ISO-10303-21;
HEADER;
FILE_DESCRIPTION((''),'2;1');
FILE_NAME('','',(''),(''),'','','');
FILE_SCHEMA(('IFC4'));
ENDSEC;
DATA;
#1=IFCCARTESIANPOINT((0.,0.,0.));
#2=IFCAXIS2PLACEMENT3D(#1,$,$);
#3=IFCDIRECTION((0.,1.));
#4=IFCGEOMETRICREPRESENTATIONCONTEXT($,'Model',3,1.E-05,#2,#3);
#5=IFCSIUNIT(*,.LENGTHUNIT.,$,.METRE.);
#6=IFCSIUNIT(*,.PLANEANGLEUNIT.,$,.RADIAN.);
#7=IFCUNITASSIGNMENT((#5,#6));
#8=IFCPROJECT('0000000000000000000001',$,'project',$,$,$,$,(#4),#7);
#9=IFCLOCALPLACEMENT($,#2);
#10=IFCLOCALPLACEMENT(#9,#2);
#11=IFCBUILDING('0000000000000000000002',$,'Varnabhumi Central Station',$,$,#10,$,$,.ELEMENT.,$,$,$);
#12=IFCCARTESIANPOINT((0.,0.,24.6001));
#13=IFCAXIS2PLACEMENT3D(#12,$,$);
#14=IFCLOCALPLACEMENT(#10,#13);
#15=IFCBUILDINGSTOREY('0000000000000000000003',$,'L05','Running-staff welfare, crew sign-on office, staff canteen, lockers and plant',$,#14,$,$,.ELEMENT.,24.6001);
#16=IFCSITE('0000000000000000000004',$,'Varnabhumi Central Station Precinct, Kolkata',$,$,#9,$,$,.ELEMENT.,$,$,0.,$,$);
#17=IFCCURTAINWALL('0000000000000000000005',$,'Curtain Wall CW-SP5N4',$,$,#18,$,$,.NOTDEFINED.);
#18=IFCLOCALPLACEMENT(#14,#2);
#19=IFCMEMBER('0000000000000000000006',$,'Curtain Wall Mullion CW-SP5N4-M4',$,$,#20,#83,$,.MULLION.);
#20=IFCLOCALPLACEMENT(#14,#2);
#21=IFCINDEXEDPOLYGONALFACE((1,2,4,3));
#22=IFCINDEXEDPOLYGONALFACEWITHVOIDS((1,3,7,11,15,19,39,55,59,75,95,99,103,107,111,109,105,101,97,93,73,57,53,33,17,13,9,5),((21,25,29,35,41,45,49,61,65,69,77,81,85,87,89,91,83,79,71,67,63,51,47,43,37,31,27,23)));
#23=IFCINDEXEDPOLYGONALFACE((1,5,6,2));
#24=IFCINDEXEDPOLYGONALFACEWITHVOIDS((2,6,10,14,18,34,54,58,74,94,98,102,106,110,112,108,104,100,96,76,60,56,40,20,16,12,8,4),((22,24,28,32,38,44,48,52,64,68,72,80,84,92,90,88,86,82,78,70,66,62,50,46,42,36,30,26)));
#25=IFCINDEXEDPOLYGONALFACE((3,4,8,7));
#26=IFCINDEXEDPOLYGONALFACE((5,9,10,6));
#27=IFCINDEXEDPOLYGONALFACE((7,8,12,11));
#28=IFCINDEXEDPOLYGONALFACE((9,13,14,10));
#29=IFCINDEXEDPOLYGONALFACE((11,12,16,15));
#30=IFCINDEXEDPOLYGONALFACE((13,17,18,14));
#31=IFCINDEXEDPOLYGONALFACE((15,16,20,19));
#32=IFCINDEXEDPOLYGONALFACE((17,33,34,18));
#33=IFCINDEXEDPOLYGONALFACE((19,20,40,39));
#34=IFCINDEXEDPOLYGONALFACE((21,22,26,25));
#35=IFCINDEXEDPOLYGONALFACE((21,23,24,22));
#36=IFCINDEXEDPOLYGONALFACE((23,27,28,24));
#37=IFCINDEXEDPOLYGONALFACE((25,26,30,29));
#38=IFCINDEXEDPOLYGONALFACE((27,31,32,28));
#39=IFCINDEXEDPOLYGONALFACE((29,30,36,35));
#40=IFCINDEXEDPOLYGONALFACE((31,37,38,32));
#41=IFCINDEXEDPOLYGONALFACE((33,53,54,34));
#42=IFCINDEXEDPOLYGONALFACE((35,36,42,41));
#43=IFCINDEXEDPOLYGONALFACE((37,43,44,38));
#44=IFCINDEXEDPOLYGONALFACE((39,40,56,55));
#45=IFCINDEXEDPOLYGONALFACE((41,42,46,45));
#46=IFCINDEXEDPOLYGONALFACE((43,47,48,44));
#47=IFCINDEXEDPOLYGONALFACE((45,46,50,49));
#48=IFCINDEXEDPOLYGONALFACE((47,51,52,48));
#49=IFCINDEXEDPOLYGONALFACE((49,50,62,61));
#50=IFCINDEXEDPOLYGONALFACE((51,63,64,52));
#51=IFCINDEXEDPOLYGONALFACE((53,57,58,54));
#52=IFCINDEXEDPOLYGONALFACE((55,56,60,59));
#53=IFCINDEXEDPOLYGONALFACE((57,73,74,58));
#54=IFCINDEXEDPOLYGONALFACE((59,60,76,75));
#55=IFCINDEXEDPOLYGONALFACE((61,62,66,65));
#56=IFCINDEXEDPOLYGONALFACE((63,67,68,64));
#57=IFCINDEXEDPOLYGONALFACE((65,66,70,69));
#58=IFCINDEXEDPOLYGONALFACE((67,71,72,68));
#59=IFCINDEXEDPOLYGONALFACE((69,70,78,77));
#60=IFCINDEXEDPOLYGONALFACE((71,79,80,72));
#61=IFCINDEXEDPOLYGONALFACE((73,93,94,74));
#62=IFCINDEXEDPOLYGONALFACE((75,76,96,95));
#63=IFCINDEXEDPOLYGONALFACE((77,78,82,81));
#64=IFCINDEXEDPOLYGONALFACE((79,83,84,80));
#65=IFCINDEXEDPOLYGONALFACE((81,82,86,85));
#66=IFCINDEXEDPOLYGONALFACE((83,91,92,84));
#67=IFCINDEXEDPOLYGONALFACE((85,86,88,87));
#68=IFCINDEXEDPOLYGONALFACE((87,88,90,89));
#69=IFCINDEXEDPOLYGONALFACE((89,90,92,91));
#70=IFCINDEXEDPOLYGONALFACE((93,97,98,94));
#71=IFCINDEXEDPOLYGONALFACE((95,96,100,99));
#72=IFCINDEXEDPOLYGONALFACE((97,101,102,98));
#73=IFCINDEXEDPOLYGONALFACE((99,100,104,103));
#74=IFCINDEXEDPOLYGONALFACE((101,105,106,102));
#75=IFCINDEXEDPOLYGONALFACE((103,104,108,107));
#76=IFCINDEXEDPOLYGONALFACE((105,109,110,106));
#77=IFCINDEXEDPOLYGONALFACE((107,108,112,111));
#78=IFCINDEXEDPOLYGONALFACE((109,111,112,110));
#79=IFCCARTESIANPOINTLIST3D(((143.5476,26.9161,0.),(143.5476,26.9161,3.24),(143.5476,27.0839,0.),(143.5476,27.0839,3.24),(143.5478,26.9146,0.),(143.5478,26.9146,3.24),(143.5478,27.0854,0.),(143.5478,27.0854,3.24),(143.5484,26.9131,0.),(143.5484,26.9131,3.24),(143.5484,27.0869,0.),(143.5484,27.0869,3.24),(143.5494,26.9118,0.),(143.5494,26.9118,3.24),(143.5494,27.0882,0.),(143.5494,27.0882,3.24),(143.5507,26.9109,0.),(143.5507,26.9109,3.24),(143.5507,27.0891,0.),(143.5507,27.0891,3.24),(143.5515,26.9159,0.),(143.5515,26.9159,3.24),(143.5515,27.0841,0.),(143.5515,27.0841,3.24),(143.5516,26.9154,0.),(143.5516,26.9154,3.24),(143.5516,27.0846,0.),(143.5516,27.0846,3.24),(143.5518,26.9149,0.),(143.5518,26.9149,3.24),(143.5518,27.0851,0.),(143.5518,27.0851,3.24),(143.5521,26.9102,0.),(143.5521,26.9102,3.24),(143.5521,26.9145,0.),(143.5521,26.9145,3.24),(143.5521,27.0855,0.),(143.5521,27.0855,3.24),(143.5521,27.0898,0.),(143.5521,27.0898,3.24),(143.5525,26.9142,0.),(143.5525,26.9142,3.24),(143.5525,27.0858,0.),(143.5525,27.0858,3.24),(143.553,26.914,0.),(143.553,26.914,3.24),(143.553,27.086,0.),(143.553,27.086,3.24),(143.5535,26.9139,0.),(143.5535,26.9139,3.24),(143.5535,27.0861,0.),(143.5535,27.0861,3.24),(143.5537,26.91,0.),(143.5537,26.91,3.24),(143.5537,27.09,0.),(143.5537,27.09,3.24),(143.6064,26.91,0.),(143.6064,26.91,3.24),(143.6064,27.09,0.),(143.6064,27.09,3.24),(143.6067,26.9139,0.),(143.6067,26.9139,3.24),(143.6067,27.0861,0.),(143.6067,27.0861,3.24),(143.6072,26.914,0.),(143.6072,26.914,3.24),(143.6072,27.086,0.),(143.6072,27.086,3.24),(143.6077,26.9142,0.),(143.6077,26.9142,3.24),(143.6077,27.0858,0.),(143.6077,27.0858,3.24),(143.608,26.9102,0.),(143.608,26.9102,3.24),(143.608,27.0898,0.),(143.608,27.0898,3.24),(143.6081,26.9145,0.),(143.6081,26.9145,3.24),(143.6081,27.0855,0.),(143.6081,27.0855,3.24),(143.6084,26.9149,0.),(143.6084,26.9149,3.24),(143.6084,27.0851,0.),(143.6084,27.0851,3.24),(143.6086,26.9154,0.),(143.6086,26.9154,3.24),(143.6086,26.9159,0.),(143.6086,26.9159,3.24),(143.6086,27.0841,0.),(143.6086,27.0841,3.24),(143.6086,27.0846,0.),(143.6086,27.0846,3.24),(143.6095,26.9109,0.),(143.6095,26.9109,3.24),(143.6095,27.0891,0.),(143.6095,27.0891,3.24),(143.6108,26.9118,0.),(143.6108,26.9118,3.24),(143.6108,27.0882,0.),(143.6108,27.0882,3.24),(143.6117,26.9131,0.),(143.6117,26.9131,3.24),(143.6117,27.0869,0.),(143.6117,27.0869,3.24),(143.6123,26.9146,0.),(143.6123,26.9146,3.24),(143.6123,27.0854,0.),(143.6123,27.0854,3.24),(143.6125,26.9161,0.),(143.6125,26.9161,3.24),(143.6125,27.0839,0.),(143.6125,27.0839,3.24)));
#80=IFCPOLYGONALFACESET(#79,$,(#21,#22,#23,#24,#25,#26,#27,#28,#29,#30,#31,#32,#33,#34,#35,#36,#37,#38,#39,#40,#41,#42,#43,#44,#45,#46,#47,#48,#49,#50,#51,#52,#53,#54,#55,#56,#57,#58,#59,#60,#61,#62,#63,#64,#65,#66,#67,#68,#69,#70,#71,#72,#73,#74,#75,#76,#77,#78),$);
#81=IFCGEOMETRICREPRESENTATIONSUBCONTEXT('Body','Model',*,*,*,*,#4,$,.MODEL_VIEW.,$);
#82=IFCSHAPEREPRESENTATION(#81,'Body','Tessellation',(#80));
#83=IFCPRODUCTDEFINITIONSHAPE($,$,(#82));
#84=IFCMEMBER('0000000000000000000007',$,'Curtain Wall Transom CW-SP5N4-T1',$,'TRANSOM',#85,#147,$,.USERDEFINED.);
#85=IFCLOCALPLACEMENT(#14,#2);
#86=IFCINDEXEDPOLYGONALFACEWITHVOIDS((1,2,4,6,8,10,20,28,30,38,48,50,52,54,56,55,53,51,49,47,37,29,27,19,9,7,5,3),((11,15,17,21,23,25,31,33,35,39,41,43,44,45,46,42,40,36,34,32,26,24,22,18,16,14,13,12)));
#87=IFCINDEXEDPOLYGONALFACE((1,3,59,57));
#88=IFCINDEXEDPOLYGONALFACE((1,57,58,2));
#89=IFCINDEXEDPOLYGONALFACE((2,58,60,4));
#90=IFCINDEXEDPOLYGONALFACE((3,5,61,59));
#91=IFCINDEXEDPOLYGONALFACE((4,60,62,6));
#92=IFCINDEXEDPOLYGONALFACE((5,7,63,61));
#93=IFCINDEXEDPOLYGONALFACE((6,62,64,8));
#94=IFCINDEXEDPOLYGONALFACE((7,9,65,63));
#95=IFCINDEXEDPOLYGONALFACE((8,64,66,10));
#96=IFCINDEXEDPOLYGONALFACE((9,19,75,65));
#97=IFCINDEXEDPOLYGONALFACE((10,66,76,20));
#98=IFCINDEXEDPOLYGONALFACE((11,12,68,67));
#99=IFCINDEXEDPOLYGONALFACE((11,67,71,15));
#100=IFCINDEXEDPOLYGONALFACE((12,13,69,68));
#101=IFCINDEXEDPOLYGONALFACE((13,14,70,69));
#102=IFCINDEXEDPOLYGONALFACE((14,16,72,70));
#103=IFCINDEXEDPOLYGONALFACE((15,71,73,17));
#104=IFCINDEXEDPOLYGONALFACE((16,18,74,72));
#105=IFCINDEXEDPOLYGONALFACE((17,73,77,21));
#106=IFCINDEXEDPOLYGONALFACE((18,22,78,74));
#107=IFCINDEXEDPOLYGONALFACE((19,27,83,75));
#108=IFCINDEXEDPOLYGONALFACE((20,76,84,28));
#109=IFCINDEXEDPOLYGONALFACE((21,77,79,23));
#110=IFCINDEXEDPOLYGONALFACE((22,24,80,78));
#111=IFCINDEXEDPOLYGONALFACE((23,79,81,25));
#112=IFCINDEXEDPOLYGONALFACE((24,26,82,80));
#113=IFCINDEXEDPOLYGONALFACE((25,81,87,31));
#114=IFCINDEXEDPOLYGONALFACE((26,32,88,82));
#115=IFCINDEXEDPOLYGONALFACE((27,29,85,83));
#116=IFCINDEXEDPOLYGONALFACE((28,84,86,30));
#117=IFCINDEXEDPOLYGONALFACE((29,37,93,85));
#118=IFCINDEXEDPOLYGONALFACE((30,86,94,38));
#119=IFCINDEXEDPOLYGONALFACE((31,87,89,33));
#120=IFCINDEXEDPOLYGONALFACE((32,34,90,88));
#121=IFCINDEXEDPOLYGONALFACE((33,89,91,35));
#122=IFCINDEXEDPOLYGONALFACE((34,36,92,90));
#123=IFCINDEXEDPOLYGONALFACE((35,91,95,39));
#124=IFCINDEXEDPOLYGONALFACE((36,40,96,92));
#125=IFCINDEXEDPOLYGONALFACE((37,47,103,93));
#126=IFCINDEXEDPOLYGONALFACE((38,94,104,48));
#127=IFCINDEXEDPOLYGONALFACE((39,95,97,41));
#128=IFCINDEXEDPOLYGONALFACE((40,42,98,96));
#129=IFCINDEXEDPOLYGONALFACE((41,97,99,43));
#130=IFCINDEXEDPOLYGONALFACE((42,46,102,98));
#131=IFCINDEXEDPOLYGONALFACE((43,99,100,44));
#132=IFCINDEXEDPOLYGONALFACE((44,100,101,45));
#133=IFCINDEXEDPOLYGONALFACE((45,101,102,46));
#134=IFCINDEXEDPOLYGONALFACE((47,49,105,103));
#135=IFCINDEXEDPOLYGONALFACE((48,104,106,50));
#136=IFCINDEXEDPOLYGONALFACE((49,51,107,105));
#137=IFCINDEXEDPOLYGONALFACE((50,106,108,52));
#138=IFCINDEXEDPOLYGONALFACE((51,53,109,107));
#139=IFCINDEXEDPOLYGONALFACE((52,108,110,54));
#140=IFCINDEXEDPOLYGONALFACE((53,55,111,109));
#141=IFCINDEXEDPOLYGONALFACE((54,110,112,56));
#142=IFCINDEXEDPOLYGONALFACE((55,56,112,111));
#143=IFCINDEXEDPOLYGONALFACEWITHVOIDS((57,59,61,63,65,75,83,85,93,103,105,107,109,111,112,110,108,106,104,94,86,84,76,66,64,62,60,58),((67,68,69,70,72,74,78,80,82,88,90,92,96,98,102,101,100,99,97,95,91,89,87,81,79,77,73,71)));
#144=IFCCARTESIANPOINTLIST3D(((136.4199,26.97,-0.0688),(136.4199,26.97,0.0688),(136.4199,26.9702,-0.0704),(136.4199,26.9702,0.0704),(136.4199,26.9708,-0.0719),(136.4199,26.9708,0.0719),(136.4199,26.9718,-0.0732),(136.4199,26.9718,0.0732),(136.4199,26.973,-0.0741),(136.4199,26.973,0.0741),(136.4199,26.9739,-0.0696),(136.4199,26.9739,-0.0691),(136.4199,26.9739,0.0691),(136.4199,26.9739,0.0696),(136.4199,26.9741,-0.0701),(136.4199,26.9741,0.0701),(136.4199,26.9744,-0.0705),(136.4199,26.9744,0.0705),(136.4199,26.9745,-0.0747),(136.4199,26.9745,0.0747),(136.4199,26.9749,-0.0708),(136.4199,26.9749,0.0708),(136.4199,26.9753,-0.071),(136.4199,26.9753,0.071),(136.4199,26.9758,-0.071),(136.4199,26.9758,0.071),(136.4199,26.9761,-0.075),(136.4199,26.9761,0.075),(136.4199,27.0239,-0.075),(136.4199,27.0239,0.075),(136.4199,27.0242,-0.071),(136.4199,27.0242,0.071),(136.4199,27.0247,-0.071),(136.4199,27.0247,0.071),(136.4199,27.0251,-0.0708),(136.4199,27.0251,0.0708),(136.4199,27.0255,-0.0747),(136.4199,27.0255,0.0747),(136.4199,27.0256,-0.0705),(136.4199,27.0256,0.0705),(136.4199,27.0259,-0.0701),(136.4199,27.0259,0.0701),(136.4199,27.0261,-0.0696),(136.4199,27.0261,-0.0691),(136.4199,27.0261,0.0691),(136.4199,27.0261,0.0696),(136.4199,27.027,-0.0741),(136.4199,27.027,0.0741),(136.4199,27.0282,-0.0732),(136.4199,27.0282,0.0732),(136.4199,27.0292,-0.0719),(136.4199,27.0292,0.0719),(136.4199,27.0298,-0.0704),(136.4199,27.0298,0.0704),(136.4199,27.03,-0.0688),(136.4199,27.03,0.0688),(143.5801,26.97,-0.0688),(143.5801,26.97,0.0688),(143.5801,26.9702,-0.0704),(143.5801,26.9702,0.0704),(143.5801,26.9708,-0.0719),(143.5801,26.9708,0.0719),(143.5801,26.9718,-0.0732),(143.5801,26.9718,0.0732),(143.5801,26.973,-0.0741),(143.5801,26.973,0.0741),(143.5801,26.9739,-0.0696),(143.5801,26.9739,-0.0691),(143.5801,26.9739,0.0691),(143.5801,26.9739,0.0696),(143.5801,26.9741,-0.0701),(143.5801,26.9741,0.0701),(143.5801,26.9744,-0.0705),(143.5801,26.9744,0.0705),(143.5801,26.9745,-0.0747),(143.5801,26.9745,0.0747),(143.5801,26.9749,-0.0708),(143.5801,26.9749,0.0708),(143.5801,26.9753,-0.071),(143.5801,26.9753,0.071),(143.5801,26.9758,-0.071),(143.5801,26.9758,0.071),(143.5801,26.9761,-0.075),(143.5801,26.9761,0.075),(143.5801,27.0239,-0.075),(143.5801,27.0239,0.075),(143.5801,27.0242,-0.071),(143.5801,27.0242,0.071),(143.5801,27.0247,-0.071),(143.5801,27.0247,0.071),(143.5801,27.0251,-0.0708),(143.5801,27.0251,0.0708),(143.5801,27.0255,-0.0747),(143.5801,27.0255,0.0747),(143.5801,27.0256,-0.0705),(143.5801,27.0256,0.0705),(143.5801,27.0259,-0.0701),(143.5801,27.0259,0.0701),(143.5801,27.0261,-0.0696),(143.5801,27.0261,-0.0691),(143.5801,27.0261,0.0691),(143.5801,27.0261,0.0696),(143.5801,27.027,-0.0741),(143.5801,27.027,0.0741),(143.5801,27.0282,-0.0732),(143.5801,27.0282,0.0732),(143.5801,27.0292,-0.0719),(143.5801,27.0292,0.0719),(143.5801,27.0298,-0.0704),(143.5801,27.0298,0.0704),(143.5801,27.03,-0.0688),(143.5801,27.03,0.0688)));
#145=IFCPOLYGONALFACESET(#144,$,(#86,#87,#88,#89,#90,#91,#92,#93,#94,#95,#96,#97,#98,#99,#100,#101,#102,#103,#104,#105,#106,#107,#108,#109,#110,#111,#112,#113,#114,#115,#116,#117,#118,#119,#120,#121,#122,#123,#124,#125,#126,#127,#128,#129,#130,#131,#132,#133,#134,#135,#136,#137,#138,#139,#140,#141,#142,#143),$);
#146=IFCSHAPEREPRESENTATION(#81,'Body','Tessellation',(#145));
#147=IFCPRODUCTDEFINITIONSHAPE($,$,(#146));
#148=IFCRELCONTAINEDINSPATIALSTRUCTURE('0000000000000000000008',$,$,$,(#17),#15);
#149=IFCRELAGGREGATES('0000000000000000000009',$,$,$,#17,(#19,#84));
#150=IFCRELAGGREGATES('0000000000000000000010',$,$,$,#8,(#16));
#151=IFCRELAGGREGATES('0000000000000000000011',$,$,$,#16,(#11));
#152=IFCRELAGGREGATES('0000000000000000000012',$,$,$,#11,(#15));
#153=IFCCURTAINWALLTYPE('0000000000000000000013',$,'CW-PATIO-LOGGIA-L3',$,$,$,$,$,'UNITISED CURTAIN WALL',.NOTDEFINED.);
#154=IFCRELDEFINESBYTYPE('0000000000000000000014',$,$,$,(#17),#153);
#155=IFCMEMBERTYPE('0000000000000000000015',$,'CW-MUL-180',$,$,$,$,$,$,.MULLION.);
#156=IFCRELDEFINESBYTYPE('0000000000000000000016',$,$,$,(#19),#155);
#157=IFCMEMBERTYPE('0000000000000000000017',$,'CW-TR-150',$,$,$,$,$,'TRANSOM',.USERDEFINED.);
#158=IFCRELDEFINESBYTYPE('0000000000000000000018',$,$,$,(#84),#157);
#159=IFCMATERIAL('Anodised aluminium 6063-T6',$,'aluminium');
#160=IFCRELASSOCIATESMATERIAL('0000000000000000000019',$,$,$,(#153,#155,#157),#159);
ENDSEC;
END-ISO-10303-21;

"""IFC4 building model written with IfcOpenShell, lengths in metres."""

from ifc_helpers import new_model, si_unit, direction, frame, origin, origin_2d, place, context, subcontext, project, spatial, hollow_rectangle, extrude, material, material_profile, profile_set, type_object, element, aggregate, save


model = new_model("IFC4")

# Units and contexts
model_context = context("Model", 3, precision=1e-05, world=origin(), true_north=direction((0.0, 1.0)))
body_context = subcontext(model_context, "Body", "Model", "MODEL_VIEW")
ifc_project = project(units=[si_unit("LENGTHUNIT", "METRE"), si_unit("PLANEANGLEUNIT", "RADIAN")], contexts=[model_context])

# Site, building, storey
site_placement = place(None, origin())
site = spatial("IfcSite", under=ifc_project, at=site_placement, Name="Varnabhumi Central Station Precinct, Kolkata", CompositionType="ELEMENT", RefElevation=0.0)
building_placement = place(site_placement, origin())
building = spatial("IfcBuilding", under=site, at=building_placement, Name="Varnabhumi Central Station", CompositionType="ELEMENT")
storey_placement = place(building_placement, frame((0.0, 0.0, 24.6001)))
storey = spatial("IfcBuildingStorey", under=building, at=storey_placement, Name="L05", Description="Running-staff welfare, crew sign-on office, staff canteen, lockers and plant", CompositionType="ELEMENT", Elevation=24.6001)

# Curtain wall, members
ifc_material_1 = material(Name="Anodised aluminium 6063-T6", Category="aluminium")
curtain_wall_type = type_object("IfcCurtainWallType", Name="CW-PATIO-LOGGIA-L3", ElementType="UNITISED CURTAIN WALL", PredefinedType="NOTDEFINED", material=ifc_material_1)
curtain_wall_placement = place(storey_placement, origin())
curtain_wall = element("IfcCurtainWall", 1, at=curtain_wall_placement, inside=storey, type_object=curtain_wall_type, Name="Curtain Wall CW-SP5N4", PredefinedType="NOTDEFINED")
ifc_material_profile_1 = material_profile(ifc_material_1, hollow_rectangle(XDim=0.0649, YDim=0.1799, WallThickness=0.0039, InnerFilletRadius=0.002, OuterFilletRadius=0.0061, at=origin_2d()), Name="Anodised aluminium 6063-T6", Category="aluminium")
ifc_profile_set_1 = profile_set([ifc_material_profile_1], Name="Anodised aluminium 6063-T6")
member_type_1 = type_object("IfcMemberType", Name="CW-MUL-180", PredefinedType="MULLION", material=ifc_profile_set_1)
member_1_placement = place(storey_placement, frame((143.5801, 27.0, 0.0), z_axis=(0.0, 0.0, 1.0), x_axis=(1.0, 0.0, 0.0)))
member_1 = element("IfcMember", 2, at=member_1_placement, type_object=member_type_1, Name="Curtain Wall Mullion CW-SP5N4-M4", PredefinedType="MULLION", context=body_context, shape_type="SweptSolid", body=[
    extrude(hollow_rectangle(XDim=0.0649, YDim=0.1799, WallThickness=0.0039, InnerFilletRadius=0.002, OuterFilletRadius=0.0061, at=origin_2d()), origin(), (0.0, 0.0, 1.0), 3.24),
])
ifc_material_profile_2 = material_profile(ifc_material_1, hollow_rectangle(XDim=0.0601, YDim=0.1499, WallThickness=0.0039, InnerFilletRadius=0.002, OuterFilletRadius=0.0061, at=origin_2d()), Name="Anodised aluminium 6063-T6", Category="aluminium")
ifc_profile_set_2 = profile_set([ifc_material_profile_2], Name="Anodised aluminium 6063-T6")
member_type_2 = type_object("IfcMemberType", Name="CW-TR-150", ElementType="TRANSOM", PredefinedType="USERDEFINED", material=ifc_profile_set_2)
member_2_placement = place(storey_placement, frame((136.4199, 27.0, 0.0), z_axis=(1.0, 0.0, 0.0), x_axis=(0.0, 1.0, 0.0)))
member_2 = element("IfcMember", 3, at=member_2_placement, type_object=member_type_2, Name="Curtain Wall Transom CW-SP5N4-T1", ObjectType="TRANSOM", PredefinedType="USERDEFINED", context=body_context, shape_type="SweptSolid", body=[
    extrude(hollow_rectangle(XDim=0.0601, YDim=0.1499, WallThickness=0.0039, InnerFilletRadius=0.002, OuterFilletRadius=0.0061, at=origin_2d()), origin(), (0.0, 0.0, 1.0), 7.1602),
])

aggregate(curtain_wall, [member_1, member_2])

save(model, "model.ifc")
